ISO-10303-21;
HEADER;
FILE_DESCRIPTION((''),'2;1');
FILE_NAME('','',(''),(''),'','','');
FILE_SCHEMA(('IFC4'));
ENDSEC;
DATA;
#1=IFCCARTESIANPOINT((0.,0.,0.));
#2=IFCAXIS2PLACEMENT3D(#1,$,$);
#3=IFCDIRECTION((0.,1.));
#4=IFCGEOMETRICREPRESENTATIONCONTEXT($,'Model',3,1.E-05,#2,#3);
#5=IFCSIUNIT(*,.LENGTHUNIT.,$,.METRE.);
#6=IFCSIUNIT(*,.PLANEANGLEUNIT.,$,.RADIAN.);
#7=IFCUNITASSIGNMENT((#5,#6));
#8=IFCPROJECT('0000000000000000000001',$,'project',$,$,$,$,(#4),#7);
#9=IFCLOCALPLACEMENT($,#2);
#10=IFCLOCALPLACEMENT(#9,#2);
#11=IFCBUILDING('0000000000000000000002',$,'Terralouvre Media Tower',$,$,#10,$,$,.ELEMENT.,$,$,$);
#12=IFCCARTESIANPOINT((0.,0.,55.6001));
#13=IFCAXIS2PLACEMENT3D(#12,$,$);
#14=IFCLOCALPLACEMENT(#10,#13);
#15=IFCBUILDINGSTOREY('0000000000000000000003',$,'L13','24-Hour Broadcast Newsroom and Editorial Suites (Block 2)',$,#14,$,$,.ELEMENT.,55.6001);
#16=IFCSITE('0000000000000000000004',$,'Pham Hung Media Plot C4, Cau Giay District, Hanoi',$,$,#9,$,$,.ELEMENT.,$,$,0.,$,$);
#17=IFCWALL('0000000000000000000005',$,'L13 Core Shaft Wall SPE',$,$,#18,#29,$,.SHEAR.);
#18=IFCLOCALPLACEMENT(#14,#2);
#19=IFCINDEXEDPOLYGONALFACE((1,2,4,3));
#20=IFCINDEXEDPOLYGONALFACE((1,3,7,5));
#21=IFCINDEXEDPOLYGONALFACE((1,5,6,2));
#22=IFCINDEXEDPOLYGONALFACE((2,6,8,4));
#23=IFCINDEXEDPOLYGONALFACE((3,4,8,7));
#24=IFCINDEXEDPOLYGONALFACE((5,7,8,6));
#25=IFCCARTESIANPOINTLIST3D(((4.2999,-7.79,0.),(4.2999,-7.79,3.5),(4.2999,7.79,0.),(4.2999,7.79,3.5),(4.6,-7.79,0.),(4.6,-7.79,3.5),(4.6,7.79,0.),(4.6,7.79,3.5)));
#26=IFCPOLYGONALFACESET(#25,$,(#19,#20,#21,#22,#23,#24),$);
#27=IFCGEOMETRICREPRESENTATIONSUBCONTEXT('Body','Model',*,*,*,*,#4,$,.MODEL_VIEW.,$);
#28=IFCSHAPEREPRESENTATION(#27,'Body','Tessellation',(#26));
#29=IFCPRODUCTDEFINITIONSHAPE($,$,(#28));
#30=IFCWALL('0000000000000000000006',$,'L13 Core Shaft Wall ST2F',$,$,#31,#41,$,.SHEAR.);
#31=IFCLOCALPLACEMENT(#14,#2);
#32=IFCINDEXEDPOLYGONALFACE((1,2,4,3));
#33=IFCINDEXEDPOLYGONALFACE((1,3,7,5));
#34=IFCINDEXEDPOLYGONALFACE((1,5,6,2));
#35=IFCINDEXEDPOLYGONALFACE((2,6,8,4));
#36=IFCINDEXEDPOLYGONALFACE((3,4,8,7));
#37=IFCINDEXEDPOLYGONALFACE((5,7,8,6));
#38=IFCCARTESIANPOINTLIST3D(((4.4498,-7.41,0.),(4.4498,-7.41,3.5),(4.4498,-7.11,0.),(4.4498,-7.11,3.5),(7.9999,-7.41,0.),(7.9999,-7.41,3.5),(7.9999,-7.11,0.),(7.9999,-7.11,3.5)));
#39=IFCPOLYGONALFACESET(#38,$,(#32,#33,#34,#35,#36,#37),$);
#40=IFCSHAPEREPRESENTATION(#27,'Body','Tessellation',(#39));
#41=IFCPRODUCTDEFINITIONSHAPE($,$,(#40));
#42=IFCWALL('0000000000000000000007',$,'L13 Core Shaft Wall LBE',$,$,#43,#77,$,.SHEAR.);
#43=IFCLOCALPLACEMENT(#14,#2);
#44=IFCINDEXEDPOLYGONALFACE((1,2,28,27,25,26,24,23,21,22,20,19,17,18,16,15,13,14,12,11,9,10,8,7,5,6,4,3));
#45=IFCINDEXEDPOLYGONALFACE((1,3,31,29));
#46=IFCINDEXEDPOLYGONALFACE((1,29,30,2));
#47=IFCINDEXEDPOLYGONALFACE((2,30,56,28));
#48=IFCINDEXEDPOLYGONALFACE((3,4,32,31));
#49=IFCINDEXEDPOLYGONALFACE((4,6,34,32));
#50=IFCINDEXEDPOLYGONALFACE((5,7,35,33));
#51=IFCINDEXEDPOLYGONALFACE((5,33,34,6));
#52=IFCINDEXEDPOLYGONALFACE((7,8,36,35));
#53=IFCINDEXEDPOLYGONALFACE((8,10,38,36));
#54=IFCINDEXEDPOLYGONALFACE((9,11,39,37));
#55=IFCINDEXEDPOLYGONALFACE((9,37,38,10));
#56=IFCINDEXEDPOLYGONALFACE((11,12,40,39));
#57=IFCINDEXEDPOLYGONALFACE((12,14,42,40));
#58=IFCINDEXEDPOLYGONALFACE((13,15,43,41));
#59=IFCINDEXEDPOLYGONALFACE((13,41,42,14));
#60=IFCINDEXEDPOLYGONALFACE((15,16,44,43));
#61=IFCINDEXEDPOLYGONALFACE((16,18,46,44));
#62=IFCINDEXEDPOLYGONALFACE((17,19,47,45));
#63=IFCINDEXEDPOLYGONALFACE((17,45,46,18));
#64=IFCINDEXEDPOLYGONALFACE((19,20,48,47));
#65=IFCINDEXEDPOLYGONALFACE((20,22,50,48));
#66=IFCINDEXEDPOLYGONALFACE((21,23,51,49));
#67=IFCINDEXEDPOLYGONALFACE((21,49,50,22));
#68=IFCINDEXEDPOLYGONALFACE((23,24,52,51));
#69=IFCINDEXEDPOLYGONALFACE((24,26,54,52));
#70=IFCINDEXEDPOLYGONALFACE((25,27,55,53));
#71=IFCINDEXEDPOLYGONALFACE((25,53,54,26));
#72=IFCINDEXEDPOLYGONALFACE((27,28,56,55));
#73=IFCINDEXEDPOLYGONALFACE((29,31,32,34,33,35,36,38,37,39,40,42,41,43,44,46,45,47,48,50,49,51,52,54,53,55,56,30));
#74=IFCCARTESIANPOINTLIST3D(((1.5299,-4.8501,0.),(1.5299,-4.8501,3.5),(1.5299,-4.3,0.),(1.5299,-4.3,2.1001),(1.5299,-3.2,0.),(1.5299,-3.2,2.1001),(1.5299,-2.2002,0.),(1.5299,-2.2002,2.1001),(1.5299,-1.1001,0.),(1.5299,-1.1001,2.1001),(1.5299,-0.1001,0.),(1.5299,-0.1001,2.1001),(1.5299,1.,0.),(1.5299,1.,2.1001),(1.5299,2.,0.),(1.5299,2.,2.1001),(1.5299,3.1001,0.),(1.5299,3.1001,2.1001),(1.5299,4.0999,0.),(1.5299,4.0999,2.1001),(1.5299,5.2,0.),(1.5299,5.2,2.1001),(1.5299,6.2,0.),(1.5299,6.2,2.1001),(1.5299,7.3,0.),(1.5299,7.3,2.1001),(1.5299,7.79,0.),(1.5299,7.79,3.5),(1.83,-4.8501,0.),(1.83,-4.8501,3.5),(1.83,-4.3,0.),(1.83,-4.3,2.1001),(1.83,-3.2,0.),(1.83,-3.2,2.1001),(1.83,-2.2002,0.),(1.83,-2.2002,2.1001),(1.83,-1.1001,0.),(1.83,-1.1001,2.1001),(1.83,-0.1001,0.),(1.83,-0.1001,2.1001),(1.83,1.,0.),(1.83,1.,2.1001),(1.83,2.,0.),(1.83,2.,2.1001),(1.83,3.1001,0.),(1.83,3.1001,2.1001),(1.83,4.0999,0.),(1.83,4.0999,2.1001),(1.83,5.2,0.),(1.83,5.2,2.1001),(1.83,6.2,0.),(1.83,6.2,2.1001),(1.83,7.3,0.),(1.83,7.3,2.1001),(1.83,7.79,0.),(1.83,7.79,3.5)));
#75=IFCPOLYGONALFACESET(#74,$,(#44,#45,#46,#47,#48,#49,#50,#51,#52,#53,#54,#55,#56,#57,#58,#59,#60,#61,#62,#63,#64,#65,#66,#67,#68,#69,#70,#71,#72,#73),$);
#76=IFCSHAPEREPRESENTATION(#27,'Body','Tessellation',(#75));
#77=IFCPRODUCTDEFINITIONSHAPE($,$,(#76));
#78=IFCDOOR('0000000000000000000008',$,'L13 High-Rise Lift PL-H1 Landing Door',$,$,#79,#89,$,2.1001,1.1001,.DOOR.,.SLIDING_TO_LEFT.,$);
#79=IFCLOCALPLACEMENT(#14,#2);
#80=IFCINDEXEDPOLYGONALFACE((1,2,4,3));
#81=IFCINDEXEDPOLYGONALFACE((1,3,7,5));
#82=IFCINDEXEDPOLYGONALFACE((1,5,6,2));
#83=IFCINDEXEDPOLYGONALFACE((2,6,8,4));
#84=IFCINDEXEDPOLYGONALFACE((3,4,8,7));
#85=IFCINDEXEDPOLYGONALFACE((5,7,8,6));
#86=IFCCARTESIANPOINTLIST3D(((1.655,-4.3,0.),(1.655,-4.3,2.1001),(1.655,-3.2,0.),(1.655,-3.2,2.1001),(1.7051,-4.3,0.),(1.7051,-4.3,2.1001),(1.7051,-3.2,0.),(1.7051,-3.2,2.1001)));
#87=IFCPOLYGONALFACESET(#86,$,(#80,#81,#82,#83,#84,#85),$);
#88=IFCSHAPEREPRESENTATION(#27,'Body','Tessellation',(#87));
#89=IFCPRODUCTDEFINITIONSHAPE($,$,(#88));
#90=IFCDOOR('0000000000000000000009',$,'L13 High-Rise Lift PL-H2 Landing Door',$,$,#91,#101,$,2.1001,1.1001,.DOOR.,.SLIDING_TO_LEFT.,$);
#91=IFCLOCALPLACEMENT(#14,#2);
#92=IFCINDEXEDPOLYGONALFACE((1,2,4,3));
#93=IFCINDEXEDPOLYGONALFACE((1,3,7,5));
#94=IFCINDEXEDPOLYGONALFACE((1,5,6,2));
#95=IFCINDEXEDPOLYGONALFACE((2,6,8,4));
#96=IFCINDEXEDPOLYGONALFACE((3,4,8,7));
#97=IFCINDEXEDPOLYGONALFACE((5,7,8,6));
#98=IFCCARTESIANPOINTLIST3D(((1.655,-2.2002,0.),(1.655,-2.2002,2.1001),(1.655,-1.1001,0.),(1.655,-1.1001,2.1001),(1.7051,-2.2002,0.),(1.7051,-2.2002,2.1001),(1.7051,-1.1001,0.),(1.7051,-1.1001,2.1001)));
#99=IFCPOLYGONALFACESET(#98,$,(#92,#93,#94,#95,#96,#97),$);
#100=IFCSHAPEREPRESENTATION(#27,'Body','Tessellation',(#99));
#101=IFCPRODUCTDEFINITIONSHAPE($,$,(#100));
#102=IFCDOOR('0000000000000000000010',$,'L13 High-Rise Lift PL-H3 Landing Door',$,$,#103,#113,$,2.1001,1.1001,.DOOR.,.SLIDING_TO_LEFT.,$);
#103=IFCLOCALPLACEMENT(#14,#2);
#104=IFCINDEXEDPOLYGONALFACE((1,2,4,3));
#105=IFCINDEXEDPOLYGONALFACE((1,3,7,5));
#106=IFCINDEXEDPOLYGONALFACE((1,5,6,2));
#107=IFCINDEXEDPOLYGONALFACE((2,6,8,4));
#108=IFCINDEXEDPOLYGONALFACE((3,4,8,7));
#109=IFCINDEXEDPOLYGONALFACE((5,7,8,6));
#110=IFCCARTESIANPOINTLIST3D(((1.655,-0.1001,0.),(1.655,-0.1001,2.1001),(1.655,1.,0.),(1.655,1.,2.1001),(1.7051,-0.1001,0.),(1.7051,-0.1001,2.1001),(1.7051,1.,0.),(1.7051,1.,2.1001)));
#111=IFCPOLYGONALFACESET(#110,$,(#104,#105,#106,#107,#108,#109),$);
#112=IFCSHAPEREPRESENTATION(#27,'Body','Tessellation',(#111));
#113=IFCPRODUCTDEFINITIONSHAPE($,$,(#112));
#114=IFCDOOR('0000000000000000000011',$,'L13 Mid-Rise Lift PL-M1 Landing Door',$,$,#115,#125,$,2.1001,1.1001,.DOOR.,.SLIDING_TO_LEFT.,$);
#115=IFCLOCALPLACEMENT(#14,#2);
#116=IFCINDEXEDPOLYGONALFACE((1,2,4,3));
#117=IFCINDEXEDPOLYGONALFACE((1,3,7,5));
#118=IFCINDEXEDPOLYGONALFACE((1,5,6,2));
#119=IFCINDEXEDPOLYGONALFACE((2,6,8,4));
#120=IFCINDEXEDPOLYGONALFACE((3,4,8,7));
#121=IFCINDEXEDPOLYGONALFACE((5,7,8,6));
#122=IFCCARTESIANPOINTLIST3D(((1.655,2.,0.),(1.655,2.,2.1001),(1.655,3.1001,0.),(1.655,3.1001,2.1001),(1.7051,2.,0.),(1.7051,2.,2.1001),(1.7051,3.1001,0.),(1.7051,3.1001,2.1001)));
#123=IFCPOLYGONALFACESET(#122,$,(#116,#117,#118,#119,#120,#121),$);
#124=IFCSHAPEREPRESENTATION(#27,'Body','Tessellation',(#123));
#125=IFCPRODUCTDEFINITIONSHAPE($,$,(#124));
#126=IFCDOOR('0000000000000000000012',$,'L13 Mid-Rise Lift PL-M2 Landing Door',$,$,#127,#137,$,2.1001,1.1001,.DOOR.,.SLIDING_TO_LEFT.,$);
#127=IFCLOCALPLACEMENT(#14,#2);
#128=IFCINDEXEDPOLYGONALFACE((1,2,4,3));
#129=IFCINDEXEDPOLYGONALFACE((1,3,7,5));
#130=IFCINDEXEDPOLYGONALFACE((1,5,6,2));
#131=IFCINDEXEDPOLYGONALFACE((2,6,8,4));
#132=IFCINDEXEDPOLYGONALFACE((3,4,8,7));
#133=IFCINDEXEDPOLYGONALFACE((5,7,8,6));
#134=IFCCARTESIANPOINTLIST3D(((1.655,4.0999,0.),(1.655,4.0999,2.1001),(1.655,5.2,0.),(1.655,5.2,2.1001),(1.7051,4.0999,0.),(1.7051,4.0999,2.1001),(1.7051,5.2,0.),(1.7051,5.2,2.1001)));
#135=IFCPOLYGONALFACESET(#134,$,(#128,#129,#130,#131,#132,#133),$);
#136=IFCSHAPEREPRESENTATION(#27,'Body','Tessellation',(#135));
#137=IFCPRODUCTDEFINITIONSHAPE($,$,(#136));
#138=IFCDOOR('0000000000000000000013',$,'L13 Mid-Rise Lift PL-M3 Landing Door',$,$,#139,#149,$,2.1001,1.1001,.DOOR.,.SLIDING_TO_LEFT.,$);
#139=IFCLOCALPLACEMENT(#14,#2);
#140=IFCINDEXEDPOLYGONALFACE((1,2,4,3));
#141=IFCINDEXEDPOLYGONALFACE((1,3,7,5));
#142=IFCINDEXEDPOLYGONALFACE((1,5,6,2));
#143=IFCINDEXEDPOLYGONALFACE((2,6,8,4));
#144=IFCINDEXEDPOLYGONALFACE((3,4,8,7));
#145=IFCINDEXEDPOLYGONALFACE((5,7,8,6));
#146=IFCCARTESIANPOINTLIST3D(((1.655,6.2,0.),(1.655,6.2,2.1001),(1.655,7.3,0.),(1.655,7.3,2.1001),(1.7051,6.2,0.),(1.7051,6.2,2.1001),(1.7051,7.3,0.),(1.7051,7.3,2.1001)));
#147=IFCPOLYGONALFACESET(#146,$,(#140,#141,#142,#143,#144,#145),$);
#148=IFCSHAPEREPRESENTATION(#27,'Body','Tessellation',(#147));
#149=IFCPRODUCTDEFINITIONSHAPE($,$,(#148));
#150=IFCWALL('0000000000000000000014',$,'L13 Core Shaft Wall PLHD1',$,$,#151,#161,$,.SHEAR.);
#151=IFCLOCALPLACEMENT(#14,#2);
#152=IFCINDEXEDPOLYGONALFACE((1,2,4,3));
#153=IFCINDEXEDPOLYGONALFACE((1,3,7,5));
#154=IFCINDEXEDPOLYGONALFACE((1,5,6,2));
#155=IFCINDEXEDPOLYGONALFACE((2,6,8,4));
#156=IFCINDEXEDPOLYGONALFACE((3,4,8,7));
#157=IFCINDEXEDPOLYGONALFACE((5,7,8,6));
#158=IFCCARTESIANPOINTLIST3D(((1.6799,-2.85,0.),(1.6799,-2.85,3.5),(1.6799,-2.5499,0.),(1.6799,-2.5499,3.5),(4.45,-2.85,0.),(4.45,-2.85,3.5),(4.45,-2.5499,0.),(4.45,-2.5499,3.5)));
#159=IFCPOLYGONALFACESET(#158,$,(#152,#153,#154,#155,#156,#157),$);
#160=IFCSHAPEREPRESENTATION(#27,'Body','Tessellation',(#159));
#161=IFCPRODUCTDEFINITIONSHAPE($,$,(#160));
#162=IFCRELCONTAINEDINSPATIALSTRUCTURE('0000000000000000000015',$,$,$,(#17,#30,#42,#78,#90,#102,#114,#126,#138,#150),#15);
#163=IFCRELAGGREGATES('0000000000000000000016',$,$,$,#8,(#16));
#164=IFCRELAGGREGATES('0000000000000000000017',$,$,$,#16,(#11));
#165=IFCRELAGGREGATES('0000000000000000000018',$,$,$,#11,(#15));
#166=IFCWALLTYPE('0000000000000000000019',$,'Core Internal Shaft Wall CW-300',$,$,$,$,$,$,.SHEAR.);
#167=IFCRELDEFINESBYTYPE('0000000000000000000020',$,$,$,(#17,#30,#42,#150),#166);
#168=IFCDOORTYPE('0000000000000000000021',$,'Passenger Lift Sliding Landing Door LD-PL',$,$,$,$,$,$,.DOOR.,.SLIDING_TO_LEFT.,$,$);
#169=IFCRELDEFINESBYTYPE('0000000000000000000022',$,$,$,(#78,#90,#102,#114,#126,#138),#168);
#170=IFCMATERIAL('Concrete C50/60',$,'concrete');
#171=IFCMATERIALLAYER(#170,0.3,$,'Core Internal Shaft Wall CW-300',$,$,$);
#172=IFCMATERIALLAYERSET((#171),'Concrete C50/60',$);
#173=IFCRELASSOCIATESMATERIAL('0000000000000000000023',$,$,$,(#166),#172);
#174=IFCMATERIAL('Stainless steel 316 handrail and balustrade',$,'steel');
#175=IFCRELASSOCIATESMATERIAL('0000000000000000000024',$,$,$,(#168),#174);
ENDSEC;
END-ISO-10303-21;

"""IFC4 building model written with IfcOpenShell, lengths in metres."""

from ifc_helpers import new_model, si_unit, direction, frame, frame_2d, origin, place, context, subcontext, project, spatial, rectangle, extrude, material, layer, layer_set, type_object, element, fill, save


model = new_model("IFC4")

# Units and contexts
model_context = context("Model", 3, precision=1e-05, world=origin(), true_north=direction((0.0, 1.0)))
body_context = subcontext(model_context, "Body", "Model", "MODEL_VIEW")
ifc_project = project(units=[si_unit("LENGTHUNIT", "METRE"), si_unit("PLANEANGLEUNIT", "RADIAN")], contexts=[model_context])

# Site, building, storey
site_placement = place(None, origin())
site = spatial("IfcSite", under=ifc_project, at=site_placement, Name="Pham Hung Media Plot C4, Cau Giay District, Hanoi", CompositionType="ELEMENT", RefElevation=0.0)
building_placement = place(site_placement, origin())
building = spatial("IfcBuilding", under=site, at=building_placement, Name="Terralouvre Media Tower", CompositionType="ELEMENT")
storey_placement = place(building_placement, frame((0.0, 0.0, 55.6001)))
storey = spatial("IfcBuildingStorey", under=building, at=storey_placement, Name="L13", Description="24-Hour Broadcast Newsroom and Editorial Suites (Block 2)", CompositionType="ELEMENT", Elevation=55.6001)

# Walls
ifc_material_1 = material(Name="Concrete C50/60", Category="concrete")
ifc_layer_1 = layer(ifc_material_1, 0.3, Name="Core Internal Shaft Wall CW-300")
ifc_layer_set_1 = layer_set([ifc_layer_1], Name="Concrete C50/60")
wall_type = type_object("IfcWallType", Name="Core Internal Shaft Wall CW-300", PredefinedType="SHEAR", material=ifc_layer_set_1)
wall_1_placement = place(storey_placement, frame((4.45, -7.79, 0.0), z_axis=(0.0, 0.0, 1.0), x_axis=(0.0, 1.0, 0.0)))
element("IfcWall", 1, at=wall_1_placement, inside=storey, type_object=wall_type, Name="L13 Core Shaft Wall SPE", PredefinedType="SHEAR", context=body_context, shape_type="SweptSolid", body=[
    extrude(rectangle(XDim=15.5801, YDim=0.3, at=frame_2d((7.79, 0.0))), origin(), (0.0, 0.0, 1.0), 3.5),
])
wall_2_placement = place(storey_placement, frame((4.45, -7.26, 0.0), z_axis=(0.0, 0.0, 1.0), x_axis=(1.0, 0.0, 0.0)))
element("IfcWall", 2, at=wall_2_placement, inside=storey, type_object=wall_type, Name="L13 Core Shaft Wall ST2F", PredefinedType="SHEAR", context=body_context, shape_type="SweptSolid", body=[
    extrude(rectangle(XDim=3.55, YDim=0.3, at=frame_2d((1.7749, 0.0))), origin(), (0.0, 0.0, 1.0), 3.5),
])

# Wall, openings, doors
wall_3_placement = place(storey_placement, frame((1.6799, -4.8501, 0.0), z_axis=(0.0, 0.0, 1.0), x_axis=(0.0, 1.0, 0.0)))
wall_3 = element("IfcWall", 3, at=wall_3_placement, inside=storey, type_object=wall_type, Name="L13 Core Shaft Wall LBE", PredefinedType="SHEAR", context=body_context, shape_type="SweptSolid", body=[
    extrude(rectangle(XDim=12.6401, YDim=0.3, at=frame_2d((6.3201, 0.0))), origin(), (0.0, 0.0, 1.0), 3.5),
])
opening_1_placement = place(wall_3_placement, frame((0.55, 0.0, 0.0)))
opening_1 = element("IfcOpeningElement", 4, at=opening_1_placement, cuts=wall_3, PredefinedType="OPENING", context=body_context, shape_type="SweptSolid", body=[
    extrude(rectangle(XDim=1.1001, YDim=2.1001, at=frame_2d((0.55, 1.05))), frame((0.0, 0.1599, 0.0), z_axis=(0.0, -1.0, 0.0), x_axis=(1.0, 0.0, 0.0)), (0.0, 0.0, 1.0), 0.3201),
])
opening_2_placement = place(wall_3_placement, frame((2.6499, 0.0, 0.0)))
opening_2 = element("IfcOpeningElement", 5, at=opening_2_placement, cuts=wall_3, PredefinedType="OPENING", context=body_context, shape_type="SweptSolid", body=[
    extrude(rectangle(XDim=1.1001, YDim=2.1001, at=frame_2d((0.55, 1.05))), frame((0.0, 0.1599, 0.0), z_axis=(0.0, -1.0, 0.0), x_axis=(1.0, 0.0, 0.0)), (0.0, 0.0, 1.0), 0.3201),
])
opening_3_placement = place(wall_3_placement, frame((4.75, 0.0, 0.0)))
opening_3 = element("IfcOpeningElement", 6, at=opening_3_placement, cuts=wall_3, PredefinedType="OPENING", context=body_context, shape_type="SweptSolid", body=[
    extrude(rectangle(XDim=1.1001, YDim=2.1001, at=frame_2d((0.55, 1.05))), frame((0.0, 0.1599, 0.0), z_axis=(0.0, -1.0, 0.0), x_axis=(1.0, 0.0, 0.0)), (0.0, 0.0, 1.0), 0.3201),
])
opening_4_placement = place(wall_3_placement, frame((6.8501, 0.0, 0.0)))
opening_4 = element("IfcOpeningElement", 7, at=opening_4_placement, cuts=wall_3, PredefinedType="OPENING", context=body_context, shape_type="SweptSolid", body=[
    extrude(rectangle(XDim=1.1001, YDim=2.1001, at=frame_2d((0.55, 1.05))), frame((0.0, 0.1599, 0.0), z_axis=(0.0, -1.0, 0.0), x_axis=(1.0, 0.0, 0.0)), (0.0, 0.0, 1.0), 0.3201),
])
opening_5_placement = place(wall_3_placement, frame((8.95, 0.0, 0.0)))
opening_5 = element("IfcOpeningElement", 8, at=opening_5_placement, cuts=wall_3, PredefinedType="OPENING", context=body_context, shape_type="SweptSolid", body=[
    extrude(rectangle(XDim=1.1001, YDim=2.1001, at=frame_2d((0.55, 1.05))), frame((0.0, 0.1599, 0.0), z_axis=(0.0, -1.0, 0.0), x_axis=(1.0, 0.0, 0.0)), (0.0, 0.0, 1.0), 0.3201),
])
opening_6_placement = place(wall_3_placement, frame((11.05, 0.0, 0.0)))
opening_6 = element("IfcOpeningElement", 9, at=opening_6_placement, cuts=wall_3, PredefinedType="OPENING", context=body_context, shape_type="SweptSolid", body=[
    extrude(rectangle(XDim=1.1001, YDim=2.1001, at=frame_2d((0.55, 1.05))), frame((0.0, 0.1599, 0.0), z_axis=(0.0, -1.0, 0.0), x_axis=(1.0, 0.0, 0.0)), (0.0, 0.0, 1.0), 0.3201),
])
ifc_material_2 = material(Name="Stainless steel 316 handrail and balustrade", Category="steel")
door_type = type_object("IfcDoorType", Name="Passenger Lift Sliding Landing Door LD-PL", OperationType="SLIDING_TO_LEFT", PredefinedType="DOOR", material=ifc_material_2)
door_1_placement = place(opening_1_placement, origin())
door_1 = element("IfcDoor", 10, at=door_1_placement, inside=storey, type_object=door_type, Name="L13 High-Rise Lift PL-H1 Landing Door", OperationType="SLIDING_TO_LEFT", OverallHeight=2.1001, OverallWidth=1.1001, PredefinedType="DOOR", context=body_context, shape_type="SweptSolid", body=[
    extrude(rectangle(XDim=1.1001, YDim=2.1001, at=frame_2d((0.55, 1.05))), frame((0.0, 0.0249, 0.0), z_axis=(0.0, -1.0, 0.0), x_axis=(1.0, 0.0, 0.0)), (0.0, 0.0, 1.0), 0.05),
])
fill(opening_1, door_1)
door_2_placement = place(opening_2_placement, origin())
door_2 = element("IfcDoor", 11, at=door_2_placement, inside=storey, type_object=door_type, Name="L13 High-Rise Lift PL-H2 Landing Door", OperationType="SLIDING_TO_LEFT", OverallHeight=2.1001, OverallWidth=1.1001, PredefinedType="DOOR", context=body_context, shape_type="SweptSolid", body=[
    extrude(rectangle(XDim=1.1001, YDim=2.1001, at=frame_2d((0.55, 1.05))), frame((0.0, 0.0249, 0.0), z_axis=(0.0, -1.0, 0.0), x_axis=(1.0, 0.0, 0.0)), (0.0, 0.0, 1.0), 0.05),
])
fill(opening_2, door_2)
door_3_placement = place(opening_3_placement, origin())
door_3 = element("IfcDoor", 12, at=door_3_placement, inside=storey, type_object=door_type, Name="L13 High-Rise Lift PL-H3 Landing Door", OperationType="SLIDING_TO_LEFT", OverallHeight=2.1001, OverallWidth=1.1001, PredefinedType="DOOR", context=body_context, shape_type="SweptSolid", body=[
    extrude(rectangle(XDim=1.1001, YDim=2.1001, at=frame_2d((0.55, 1.05))), frame((0.0, 0.0249, 0.0), z_axis=(0.0, -1.0, 0.0), x_axis=(1.0, 0.0, 0.0)), (0.0, 0.0, 1.0), 0.05),
])
fill(opening_3, door_3)
door_4_placement = place(opening_4_placement, origin())
door_4 = element("IfcDoor", 13, at=door_4_placement, inside=storey, type_object=door_type, Name="L13 Mid-Rise Lift PL-M1 Landing Door", OperationType="SLIDING_TO_LEFT", OverallHeight=2.1001, OverallWidth=1.1001, PredefinedType="DOOR", context=body_context, shape_type="SweptSolid", body=[
    extrude(rectangle(XDim=1.1001, YDim=2.1001, at=frame_2d((0.55, 1.05))), frame((0.0, 0.0249, 0.0), z_axis=(0.0, -1.0, 0.0), x_axis=(1.0, 0.0, 0.0)), (0.0, 0.0, 1.0), 0.05),
])
fill(opening_4, door_4)
door_5_placement = place(opening_5_placement, origin())
door_5 = element("IfcDoor", 14, at=door_5_placement, inside=storey, type_object=door_type, Name="L13 Mid-Rise Lift PL-M2 Landing Door", OperationType="SLIDING_TO_LEFT", OverallHeight=2.1001, OverallWidth=1.1001, PredefinedType="DOOR", context=body_context, shape_type="SweptSolid", body=[
    extrude(rectangle(XDim=1.1001, YDim=2.1001, at=frame_2d((0.55, 1.05))), frame((0.0, 0.0249, 0.0), z_axis=(0.0, -1.0, 0.0), x_axis=(1.0, 0.0, 0.0)), (0.0, 0.0, 1.0), 0.05),
])
fill(opening_5, door_5)
door_6_placement = place(opening_6_placement, origin())
door_6 = element("IfcDoor", 15, at=door_6_placement, inside=storey, type_object=door_type, Name="L13 Mid-Rise Lift PL-M3 Landing Door", OperationType="SLIDING_TO_LEFT", OverallHeight=2.1001, OverallWidth=1.1001, PredefinedType="DOOR", context=body_context, shape_type="SweptSolid", body=[
    extrude(rectangle(XDim=1.1001, YDim=2.1001, at=frame_2d((0.55, 1.05))), frame((0.0, 0.0249, 0.0), z_axis=(0.0, -1.0, 0.0), x_axis=(1.0, 0.0, 0.0)), (0.0, 0.0, 1.0), 0.05),
])
fill(opening_6, door_6)

# Wall
wall_4_placement = place(storey_placement, frame((1.6799, -2.7, 0.0), z_axis=(0.0, 0.0, 1.0), x_axis=(1.0, 0.0, 0.0)))
element("IfcWall", 16, at=wall_4_placement, inside=storey, type_object=wall_type, Name="L13 Core Shaft Wall PLHD1", PredefinedType="SHEAR", context=body_context, shape_type="SweptSolid", body=[
    extrude(rectangle(XDim=2.77, YDim=0.3, at=frame_2d((1.385, 0.0))), origin(), (0.0, 0.0, 1.0), 3.5),
])

save(model, "model.ifc")
